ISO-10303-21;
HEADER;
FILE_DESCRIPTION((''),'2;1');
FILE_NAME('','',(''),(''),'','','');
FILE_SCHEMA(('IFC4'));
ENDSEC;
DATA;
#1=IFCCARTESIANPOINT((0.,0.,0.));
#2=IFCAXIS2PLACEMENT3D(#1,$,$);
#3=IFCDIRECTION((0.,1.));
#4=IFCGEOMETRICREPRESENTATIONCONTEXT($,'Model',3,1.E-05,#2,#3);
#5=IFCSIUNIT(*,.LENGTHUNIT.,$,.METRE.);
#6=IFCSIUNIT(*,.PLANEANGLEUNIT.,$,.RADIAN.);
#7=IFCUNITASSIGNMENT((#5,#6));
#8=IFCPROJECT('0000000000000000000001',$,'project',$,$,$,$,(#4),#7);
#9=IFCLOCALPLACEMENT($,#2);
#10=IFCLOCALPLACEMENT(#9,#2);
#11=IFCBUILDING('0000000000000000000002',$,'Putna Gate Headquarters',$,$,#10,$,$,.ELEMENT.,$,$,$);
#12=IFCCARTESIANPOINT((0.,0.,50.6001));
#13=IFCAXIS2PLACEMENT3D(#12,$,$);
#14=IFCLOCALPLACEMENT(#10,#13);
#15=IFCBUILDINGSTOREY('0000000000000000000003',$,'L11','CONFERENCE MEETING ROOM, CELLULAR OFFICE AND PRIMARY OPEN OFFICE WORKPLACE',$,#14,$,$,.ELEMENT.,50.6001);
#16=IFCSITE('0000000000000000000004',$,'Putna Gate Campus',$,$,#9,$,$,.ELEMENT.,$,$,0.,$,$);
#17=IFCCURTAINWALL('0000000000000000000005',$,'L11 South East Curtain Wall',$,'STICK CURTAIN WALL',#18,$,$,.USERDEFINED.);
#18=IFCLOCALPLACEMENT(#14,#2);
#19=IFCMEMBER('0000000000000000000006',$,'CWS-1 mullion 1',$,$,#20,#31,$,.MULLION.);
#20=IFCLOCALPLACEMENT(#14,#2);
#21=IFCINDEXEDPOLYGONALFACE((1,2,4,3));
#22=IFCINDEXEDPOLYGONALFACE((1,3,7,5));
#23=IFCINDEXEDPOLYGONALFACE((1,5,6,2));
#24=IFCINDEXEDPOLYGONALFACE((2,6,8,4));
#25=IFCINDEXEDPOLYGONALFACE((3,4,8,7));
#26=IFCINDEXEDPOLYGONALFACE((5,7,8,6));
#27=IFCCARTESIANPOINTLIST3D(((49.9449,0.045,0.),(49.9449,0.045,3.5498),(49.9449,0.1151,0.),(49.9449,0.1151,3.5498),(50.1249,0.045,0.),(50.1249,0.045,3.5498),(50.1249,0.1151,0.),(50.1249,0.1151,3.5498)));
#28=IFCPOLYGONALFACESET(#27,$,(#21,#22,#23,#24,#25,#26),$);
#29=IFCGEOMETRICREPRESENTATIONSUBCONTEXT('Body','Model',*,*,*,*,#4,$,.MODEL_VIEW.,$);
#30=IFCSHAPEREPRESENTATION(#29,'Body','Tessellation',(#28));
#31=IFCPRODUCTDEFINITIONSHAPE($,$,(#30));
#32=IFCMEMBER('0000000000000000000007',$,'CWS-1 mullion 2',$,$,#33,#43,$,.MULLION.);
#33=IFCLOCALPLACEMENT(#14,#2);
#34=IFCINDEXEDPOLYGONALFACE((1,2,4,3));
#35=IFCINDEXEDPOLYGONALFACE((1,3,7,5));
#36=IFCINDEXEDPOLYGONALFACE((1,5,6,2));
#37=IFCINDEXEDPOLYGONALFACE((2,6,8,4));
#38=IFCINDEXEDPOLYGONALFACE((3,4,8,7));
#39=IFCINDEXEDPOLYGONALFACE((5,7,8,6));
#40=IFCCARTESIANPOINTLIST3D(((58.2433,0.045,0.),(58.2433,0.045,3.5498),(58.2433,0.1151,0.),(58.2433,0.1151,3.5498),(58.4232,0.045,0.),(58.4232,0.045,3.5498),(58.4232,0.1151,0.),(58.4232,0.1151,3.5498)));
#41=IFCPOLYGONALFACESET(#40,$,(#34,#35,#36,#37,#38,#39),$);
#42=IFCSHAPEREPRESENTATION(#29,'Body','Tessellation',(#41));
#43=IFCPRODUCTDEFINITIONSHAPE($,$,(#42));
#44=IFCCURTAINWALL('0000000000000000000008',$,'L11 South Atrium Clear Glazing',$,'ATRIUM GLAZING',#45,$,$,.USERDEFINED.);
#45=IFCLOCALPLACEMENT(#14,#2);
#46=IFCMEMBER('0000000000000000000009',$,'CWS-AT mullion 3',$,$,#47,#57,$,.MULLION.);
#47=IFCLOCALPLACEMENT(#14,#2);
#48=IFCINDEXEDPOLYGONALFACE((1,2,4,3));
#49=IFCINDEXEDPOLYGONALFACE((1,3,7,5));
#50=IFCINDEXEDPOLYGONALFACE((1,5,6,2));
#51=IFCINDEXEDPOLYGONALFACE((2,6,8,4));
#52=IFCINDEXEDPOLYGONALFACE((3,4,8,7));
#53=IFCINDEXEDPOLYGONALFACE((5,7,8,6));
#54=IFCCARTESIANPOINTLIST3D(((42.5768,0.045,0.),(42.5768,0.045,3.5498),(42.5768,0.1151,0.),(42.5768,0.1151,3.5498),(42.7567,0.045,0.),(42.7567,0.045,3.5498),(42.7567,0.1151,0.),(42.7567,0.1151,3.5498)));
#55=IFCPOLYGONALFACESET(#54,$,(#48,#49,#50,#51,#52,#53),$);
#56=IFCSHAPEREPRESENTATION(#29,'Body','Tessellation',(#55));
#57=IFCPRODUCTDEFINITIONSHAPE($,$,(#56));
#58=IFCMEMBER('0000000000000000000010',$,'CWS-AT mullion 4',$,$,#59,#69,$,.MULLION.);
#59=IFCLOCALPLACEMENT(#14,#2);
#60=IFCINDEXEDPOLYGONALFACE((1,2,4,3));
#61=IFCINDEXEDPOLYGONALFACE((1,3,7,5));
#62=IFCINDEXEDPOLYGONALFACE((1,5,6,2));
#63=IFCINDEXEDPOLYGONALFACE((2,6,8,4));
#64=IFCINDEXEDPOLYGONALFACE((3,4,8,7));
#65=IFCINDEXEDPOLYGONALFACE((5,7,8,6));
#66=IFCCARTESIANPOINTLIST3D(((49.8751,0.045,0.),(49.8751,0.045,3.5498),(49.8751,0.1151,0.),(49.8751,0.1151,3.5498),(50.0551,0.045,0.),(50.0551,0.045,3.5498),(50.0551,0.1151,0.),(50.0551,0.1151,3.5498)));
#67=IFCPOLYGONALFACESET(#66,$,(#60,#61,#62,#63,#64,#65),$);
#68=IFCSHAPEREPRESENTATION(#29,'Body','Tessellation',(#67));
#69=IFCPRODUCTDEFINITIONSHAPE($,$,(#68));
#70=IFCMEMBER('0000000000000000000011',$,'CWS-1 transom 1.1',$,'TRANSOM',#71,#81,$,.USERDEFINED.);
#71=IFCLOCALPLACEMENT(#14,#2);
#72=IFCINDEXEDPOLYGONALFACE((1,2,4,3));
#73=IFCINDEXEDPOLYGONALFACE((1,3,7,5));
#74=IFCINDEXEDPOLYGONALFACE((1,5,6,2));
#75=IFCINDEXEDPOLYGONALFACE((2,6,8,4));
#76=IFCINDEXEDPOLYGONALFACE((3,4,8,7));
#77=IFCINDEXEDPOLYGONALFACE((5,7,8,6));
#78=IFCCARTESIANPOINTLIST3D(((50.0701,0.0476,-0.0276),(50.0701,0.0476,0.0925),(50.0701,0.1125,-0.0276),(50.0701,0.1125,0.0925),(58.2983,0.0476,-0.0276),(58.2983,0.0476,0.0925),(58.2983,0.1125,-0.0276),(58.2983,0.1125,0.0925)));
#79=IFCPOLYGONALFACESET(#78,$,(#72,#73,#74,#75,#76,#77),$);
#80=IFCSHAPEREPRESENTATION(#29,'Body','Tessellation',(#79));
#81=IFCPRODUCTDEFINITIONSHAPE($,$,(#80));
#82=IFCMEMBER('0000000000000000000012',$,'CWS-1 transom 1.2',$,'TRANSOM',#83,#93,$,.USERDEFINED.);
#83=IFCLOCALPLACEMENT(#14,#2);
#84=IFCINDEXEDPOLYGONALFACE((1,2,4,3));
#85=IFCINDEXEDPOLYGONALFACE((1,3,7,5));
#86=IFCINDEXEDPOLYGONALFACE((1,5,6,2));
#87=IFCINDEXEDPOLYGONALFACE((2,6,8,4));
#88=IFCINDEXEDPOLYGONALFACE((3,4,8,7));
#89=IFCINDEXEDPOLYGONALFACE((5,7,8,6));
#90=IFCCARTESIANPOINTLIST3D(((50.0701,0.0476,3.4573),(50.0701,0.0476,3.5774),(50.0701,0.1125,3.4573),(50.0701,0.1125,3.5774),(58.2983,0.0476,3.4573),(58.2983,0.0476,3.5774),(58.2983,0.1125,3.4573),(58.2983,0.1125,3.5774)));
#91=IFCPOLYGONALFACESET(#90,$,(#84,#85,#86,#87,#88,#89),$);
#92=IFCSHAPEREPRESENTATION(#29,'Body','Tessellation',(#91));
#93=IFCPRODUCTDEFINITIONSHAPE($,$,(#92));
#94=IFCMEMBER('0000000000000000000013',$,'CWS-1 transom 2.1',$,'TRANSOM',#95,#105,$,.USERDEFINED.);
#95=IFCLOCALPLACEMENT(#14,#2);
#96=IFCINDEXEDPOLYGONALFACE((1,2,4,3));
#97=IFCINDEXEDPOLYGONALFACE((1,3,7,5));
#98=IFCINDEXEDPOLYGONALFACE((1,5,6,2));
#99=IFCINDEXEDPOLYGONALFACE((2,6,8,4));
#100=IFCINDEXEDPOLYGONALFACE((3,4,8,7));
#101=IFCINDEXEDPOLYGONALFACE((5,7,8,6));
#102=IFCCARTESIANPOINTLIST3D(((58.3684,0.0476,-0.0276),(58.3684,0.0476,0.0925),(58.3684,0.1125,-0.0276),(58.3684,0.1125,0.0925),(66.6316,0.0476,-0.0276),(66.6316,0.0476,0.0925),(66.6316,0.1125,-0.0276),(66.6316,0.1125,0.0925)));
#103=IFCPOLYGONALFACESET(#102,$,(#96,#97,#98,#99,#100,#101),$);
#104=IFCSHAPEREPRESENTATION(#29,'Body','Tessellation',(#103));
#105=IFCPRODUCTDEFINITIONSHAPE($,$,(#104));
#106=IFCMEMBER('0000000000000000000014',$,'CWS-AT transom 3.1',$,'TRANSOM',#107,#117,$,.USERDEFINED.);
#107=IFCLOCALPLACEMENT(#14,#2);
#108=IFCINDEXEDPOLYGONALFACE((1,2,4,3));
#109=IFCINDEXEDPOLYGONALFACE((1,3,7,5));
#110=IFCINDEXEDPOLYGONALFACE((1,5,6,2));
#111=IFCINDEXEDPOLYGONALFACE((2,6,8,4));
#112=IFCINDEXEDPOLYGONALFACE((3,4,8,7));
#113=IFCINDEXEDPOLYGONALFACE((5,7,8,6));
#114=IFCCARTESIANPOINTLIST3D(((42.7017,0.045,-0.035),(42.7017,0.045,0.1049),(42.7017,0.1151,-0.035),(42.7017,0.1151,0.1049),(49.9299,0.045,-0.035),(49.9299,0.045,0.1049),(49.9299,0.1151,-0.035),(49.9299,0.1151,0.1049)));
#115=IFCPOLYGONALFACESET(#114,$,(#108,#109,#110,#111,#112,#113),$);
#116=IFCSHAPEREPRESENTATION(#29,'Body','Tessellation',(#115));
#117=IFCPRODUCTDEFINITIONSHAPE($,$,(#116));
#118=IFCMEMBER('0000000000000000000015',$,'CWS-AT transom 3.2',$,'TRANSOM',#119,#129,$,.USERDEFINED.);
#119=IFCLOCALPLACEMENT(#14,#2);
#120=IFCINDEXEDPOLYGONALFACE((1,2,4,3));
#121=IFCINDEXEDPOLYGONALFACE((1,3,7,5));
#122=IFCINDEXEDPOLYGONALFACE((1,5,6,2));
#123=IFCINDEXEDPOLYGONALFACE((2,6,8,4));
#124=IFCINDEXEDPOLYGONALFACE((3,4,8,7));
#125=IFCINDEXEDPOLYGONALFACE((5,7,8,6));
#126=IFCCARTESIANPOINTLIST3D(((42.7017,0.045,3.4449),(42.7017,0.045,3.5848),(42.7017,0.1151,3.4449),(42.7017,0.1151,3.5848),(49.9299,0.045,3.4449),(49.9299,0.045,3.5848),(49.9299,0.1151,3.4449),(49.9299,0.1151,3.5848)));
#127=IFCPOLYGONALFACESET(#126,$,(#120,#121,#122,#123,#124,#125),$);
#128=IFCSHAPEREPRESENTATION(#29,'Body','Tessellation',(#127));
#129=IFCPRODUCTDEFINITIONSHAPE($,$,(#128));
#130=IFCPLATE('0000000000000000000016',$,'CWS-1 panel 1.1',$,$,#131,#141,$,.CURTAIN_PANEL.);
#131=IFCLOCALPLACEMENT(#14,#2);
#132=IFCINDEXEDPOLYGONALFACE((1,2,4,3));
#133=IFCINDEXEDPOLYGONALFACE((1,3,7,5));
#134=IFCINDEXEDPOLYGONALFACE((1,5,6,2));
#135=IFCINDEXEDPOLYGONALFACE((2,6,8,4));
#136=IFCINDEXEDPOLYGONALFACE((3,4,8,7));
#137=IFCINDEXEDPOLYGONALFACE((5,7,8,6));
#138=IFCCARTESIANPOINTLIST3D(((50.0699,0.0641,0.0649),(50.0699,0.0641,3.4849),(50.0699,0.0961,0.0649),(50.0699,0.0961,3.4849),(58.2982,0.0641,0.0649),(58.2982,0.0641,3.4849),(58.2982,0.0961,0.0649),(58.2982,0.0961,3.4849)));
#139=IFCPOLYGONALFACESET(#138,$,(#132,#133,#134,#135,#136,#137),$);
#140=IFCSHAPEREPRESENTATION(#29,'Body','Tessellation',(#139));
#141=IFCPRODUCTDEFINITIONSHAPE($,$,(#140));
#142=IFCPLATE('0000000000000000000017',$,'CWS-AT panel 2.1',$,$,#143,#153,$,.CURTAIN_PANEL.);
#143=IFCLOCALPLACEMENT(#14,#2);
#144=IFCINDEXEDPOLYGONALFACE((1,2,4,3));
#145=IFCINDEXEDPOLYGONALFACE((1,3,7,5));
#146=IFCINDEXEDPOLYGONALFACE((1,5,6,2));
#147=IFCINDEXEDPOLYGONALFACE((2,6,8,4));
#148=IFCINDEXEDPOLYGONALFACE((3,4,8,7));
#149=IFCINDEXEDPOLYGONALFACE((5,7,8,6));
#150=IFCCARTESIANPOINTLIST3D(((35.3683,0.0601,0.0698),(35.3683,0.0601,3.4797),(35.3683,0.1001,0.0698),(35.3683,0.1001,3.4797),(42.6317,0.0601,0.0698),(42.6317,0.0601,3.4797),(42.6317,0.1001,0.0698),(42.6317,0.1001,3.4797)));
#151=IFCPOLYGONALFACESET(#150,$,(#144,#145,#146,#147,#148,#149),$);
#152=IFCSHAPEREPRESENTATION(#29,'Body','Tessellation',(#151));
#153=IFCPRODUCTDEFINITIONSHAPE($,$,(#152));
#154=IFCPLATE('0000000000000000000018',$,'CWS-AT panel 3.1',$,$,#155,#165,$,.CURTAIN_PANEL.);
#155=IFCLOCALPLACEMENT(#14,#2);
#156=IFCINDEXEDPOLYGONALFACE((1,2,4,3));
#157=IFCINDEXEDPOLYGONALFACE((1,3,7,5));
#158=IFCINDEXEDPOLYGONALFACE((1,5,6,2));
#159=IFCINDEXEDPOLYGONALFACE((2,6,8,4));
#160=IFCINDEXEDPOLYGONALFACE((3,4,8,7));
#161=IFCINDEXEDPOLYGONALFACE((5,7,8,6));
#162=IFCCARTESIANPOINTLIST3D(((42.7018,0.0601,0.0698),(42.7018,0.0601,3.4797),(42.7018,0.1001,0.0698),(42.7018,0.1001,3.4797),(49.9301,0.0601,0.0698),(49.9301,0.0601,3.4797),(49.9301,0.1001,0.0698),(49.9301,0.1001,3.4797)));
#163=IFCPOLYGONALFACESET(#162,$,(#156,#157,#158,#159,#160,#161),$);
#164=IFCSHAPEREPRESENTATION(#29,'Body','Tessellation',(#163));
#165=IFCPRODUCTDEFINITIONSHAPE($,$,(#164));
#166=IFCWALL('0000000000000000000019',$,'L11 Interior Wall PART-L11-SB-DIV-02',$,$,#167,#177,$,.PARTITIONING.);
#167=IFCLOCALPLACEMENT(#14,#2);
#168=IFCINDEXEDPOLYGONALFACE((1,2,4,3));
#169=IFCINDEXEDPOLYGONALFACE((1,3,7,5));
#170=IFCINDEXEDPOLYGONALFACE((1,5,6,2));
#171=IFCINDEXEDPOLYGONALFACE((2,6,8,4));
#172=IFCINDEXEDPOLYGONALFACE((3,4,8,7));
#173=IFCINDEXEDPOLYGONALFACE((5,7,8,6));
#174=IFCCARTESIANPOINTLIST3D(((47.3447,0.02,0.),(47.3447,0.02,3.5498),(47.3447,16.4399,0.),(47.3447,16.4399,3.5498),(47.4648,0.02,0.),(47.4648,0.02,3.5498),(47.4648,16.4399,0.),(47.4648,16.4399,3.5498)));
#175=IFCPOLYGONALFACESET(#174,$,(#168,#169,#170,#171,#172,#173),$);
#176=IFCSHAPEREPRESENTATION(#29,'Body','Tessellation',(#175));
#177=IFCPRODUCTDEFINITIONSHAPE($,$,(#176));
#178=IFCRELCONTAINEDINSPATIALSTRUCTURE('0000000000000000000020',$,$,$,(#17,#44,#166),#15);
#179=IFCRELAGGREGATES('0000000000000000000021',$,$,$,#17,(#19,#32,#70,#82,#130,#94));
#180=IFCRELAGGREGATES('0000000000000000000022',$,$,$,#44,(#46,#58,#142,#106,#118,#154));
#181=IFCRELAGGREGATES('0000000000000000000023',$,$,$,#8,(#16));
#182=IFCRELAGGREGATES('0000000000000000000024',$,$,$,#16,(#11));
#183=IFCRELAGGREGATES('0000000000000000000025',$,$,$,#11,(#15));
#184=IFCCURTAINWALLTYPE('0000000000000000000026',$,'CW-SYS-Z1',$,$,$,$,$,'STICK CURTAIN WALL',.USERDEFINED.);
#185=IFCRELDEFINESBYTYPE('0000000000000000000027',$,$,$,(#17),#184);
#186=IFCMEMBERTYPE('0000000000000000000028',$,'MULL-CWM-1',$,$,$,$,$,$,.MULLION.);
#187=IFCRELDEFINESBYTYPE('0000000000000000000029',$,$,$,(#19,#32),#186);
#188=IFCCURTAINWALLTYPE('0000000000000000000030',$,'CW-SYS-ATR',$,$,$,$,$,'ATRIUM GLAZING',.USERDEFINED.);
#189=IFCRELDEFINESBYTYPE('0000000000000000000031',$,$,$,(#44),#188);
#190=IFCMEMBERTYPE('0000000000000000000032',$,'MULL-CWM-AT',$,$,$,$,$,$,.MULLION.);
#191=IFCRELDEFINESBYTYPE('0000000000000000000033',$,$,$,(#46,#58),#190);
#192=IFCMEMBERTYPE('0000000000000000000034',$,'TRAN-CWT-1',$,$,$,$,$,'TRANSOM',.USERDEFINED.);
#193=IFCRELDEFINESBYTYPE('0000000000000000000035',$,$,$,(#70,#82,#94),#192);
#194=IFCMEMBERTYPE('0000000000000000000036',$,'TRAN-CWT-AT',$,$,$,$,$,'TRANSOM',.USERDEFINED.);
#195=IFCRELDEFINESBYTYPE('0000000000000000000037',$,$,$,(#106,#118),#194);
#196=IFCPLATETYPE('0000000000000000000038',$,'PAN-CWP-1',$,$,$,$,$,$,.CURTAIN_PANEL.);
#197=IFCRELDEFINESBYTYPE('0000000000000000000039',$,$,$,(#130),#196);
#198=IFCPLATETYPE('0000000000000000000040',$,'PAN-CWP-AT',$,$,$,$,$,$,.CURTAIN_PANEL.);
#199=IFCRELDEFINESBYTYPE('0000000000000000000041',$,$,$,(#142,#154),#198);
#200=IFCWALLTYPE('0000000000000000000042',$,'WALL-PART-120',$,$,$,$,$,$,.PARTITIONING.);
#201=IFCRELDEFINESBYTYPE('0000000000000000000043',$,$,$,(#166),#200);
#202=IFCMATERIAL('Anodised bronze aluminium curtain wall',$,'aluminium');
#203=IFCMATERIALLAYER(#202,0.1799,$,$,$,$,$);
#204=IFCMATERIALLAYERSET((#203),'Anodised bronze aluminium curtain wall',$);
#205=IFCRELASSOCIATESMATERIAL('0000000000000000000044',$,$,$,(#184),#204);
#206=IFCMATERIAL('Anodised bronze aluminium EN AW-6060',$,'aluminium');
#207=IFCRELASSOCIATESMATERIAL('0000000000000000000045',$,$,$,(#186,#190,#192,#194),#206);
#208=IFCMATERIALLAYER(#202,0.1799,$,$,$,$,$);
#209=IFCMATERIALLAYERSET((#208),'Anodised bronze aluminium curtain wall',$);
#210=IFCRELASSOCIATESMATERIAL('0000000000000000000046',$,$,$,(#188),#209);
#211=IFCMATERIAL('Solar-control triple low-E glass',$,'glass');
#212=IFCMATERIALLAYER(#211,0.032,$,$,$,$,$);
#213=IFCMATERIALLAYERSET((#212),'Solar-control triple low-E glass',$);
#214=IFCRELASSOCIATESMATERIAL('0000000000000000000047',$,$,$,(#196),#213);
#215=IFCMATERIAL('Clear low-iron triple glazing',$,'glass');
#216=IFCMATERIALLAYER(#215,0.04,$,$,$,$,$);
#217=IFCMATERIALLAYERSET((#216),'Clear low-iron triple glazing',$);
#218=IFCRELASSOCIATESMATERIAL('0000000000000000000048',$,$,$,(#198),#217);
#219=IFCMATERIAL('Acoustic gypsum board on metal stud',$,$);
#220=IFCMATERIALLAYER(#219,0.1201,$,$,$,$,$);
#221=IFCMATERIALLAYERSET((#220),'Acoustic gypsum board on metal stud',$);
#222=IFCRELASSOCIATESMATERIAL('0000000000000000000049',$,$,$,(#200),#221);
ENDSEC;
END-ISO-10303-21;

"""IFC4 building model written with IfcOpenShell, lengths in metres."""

from ifc_helpers import new_model, si_unit, direction, frame, frame_2d, origin, origin_2d, place, context, subcontext, project, spatial, rectangle, extrude, material, layer, layer_set, material_profile, profile_set, type_object, element, aggregate, save


model = new_model("IFC4")

# Units and contexts
model_context = context("Model", 3, precision=1e-05, world=origin(), true_north=direction((0.0, 1.0)))
body_context = subcontext(model_context, "Body", "Model", "MODEL_VIEW")
ifc_project = project(units=[si_unit("LENGTHUNIT", "METRE"), si_unit("PLANEANGLEUNIT", "RADIAN")], contexts=[model_context])

# Site, building, storey
site_placement = place(None, origin())
site = spatial("IfcSite", under=ifc_project, at=site_placement, Name="Putna Gate Campus", CompositionType="ELEMENT", RefElevation=0.0)
building_placement = place(site_placement, origin())
building = spatial("IfcBuilding", under=site, at=building_placement, Name="Putna Gate Headquarters", CompositionType="ELEMENT")
storey_placement = place(building_placement, frame((0.0, 0.0, 50.6001)))
storey = spatial("IfcBuildingStorey", under=building, at=storey_placement, Name="L11", Description="CONFERENCE MEETING ROOM, CELLULAR OFFICE AND PRIMARY OPEN OFFICE WORKPLACE", CompositionType="ELEMENT", Elevation=50.6001)

# Curtain walls, members
ifc_material_1 = material(Name="Anodised bronze aluminium curtain wall", Category="aluminium")
ifc_layer_1 = layer(ifc_material_1, 0.1799)
ifc_layer_set_1 = layer_set([ifc_layer_1], Name="Anodised bronze aluminium curtain wall")
curtain_wall_type_1 = type_object("IfcCurtainWallType", Name="CW-SYS-Z1", ElementType="STICK CURTAIN WALL", PredefinedType="USERDEFINED", material=ifc_layer_set_1)
curtain_wall_1_placement = place(storey_placement, origin())
curtain_wall_1 = element("IfcCurtainWall", 1, at=curtain_wall_1_placement, inside=storey, type_object=curtain_wall_type_1, Name="L11 South East Curtain Wall", ObjectType="STICK CURTAIN WALL", PredefinedType="USERDEFINED")
ifc_material_2 = material(Name="Anodised bronze aluminium EN AW-6060", Category="aluminium")
ifc_material_profile_1 = material_profile(ifc_material_2, rectangle(XDim=0.0701, YDim=0.1799, at=origin_2d()), Name="Anodised bronze aluminium EN AW-6060")
ifc_profile_set_1 = profile_set([ifc_material_profile_1], Name="Anodised bronze aluminium EN AW-6060")
member_type_1 = type_object("IfcMemberType", Name="MULL-CWM-1", PredefinedType="MULLION", material=ifc_profile_set_1)
member_1_placement = place(storey_placement, frame((50.0349, 0.0801, 0.0), z_axis=(0.0, 0.0, 1.0), x_axis=(0.0, 1.0, 0.0)))
member_1 = element("IfcMember", 2, at=member_1_placement, type_object=member_type_1, Name="CWS-1 mullion 1", PredefinedType="MULLION", context=body_context, shape_type="SweptSolid", body=[
    extrude(rectangle(XDim=0.0701, YDim=0.1799, at=origin_2d()), origin(), (0.0, 0.0, 1.0), 3.5498),
])
member_2_placement = place(storey_placement, frame((58.3333, 0.0801, 0.0), z_axis=(0.0, 0.0, 1.0), x_axis=(0.0, 1.0, 0.0)))
member_2 = element("IfcMember", 3, at=member_2_placement, type_object=member_type_1, Name="CWS-1 mullion 2", PredefinedType="MULLION", context=body_context, shape_type="SweptSolid", body=[
    extrude(rectangle(XDim=0.0701, YDim=0.1799, at=origin_2d()), origin(), (0.0, 0.0, 1.0), 3.5498),
])
ifc_layer_2 = layer(ifc_material_1, 0.1799)
ifc_layer_set_2 = layer_set([ifc_layer_2], Name="Anodised bronze aluminium curtain wall")
curtain_wall_type_2 = type_object("IfcCurtainWallType", Name="CW-SYS-ATR", ElementType="ATRIUM GLAZING", PredefinedType="USERDEFINED", material=ifc_layer_set_2)
curtain_wall_2_placement = place(storey_placement, origin())
curtain_wall_2 = element("IfcCurtainWall", 4, at=curtain_wall_2_placement, inside=storey, type_object=curtain_wall_type_2, Name="L11 South Atrium Clear Glazing", ObjectType="ATRIUM GLAZING", PredefinedType="USERDEFINED")
ifc_material_profile_2 = material_profile(ifc_material_2, rectangle(XDim=0.0701, YDim=0.1799, at=origin_2d()), Name="Anodised bronze aluminium EN AW-6060")
ifc_profile_set_2 = profile_set([ifc_material_profile_2], Name="Anodised bronze aluminium EN AW-6060")
member_type_2 = type_object("IfcMemberType", Name="MULL-CWM-AT", PredefinedType="MULLION", material=ifc_profile_set_2)
member_3_placement = place(storey_placement, frame((42.6667, 0.0801, 0.0), z_axis=(0.0, 0.0, 1.0), x_axis=(0.0, 1.0, 0.0)))
member_3 = element("IfcMember", 5, at=member_3_placement, type_object=member_type_2, Name="CWS-AT mullion 3", PredefinedType="MULLION", context=body_context, shape_type="SweptSolid", body=[
    extrude(rectangle(XDim=0.0701, YDim=0.1799, at=origin_2d()), origin(), (0.0, 0.0, 1.0), 3.5498),
])
member_4_placement = place(storey_placement, frame((49.9651, 0.0801, 0.0), z_axis=(0.0, 0.0, 1.0), x_axis=(0.0, 1.0, 0.0)))
member_4 = element("IfcMember", 6, at=member_4_placement, type_object=member_type_2, Name="CWS-AT mullion 4", PredefinedType="MULLION", context=body_context, shape_type="SweptSolid", body=[
    extrude(rectangle(XDim=0.0701, YDim=0.1799, at=origin_2d()), origin(), (0.0, 0.0, 1.0), 3.5498),
])

# Members
ifc_material_profile_3 = material_profile(ifc_material_2, rectangle(XDim=0.0649, YDim=0.1201, at=origin_2d()), Name="Anodised bronze aluminium EN AW-6060")
ifc_profile_set_3 = profile_set([ifc_material_profile_3], Name="Anodised bronze aluminium EN AW-6060")
member_type_3 = type_object("IfcMemberType", Name="TRAN-CWT-1", ElementType="TRANSOM", PredefinedType="USERDEFINED", material=ifc_profile_set_3)
member_5_placement = place(storey_placement, frame((50.0701, 0.0801, 0.0325), z_axis=(1.0, 0.0, 0.0), x_axis=(0.0, 1.0, 0.0)))
member_5 = element("IfcMember", 7, at=member_5_placement, type_object=member_type_3, Name="CWS-1 transom 1.1", ObjectType="TRANSOM", PredefinedType="USERDEFINED", context=body_context, shape_type="SweptSolid", body=[
    extrude(rectangle(XDim=0.0649, YDim=0.1201, at=origin_2d()), origin(), (0.0, 0.0, 1.0), 8.2283),
])
member_6_placement = place(storey_placement, frame((50.0701, 0.0801, 3.5173), z_axis=(1.0, 0.0, 0.0), x_axis=(0.0, 1.0, 0.0)))
member_6 = element("IfcMember", 8, at=member_6_placement, type_object=member_type_3, Name="CWS-1 transom 1.2", ObjectType="TRANSOM", PredefinedType="USERDEFINED", context=body_context, shape_type="SweptSolid", body=[
    extrude(rectangle(XDim=0.0649, YDim=0.1201, at=origin_2d()), origin(), (0.0, 0.0, 1.0), 8.2283),
])
member_7_placement = place(storey_placement, frame((58.3684, 0.0801, 0.0325), z_axis=(1.0, 0.0, 0.0), x_axis=(0.0, 1.0, 0.0)))
member_7 = element("IfcMember", 9, at=member_7_placement, type_object=member_type_3, Name="CWS-1 transom 2.1", ObjectType="TRANSOM", PredefinedType="USERDEFINED", context=body_context, shape_type="SweptSolid", body=[
    extrude(rectangle(XDim=0.0649, YDim=0.1201, at=origin_2d()), origin(), (0.0, 0.0, 1.0), 8.2632),
])
ifc_material_profile_4 = material_profile(ifc_material_2, rectangle(XDim=0.0701, YDim=0.1399, at=origin_2d()), Name="Anodised bronze aluminium EN AW-6060")
ifc_profile_set_4 = profile_set([ifc_material_profile_4], Name="Anodised bronze aluminium EN AW-6060")
member_type_4 = type_object("IfcMemberType", Name="TRAN-CWT-AT", ElementType="TRANSOM", PredefinedType="USERDEFINED", material=ifc_profile_set_4)
member_8_placement = place(storey_placement, frame((42.7017, 0.0801, 0.0349), z_axis=(1.0, 0.0, 0.0), x_axis=(0.0, 1.0, 0.0)))
member_8 = element("IfcMember", 10, at=member_8_placement, type_object=member_type_4, Name="CWS-AT transom 3.1", ObjectType="TRANSOM", PredefinedType="USERDEFINED", context=body_context, shape_type="SweptSolid", body=[
    extrude(rectangle(XDim=0.0701, YDim=0.1399, at=origin_2d()), origin(), (0.0, 0.0, 1.0), 7.2283),
])
member_9_placement = place(storey_placement, frame((42.7017, 0.0801, 3.5149), z_axis=(1.0, 0.0, 0.0), x_axis=(0.0, 1.0, 0.0)))
member_9 = element("IfcMember", 11, at=member_9_placement, type_object=member_type_4, Name="CWS-AT transom 3.2", ObjectType="TRANSOM", PredefinedType="USERDEFINED", context=body_context, shape_type="SweptSolid", body=[
    extrude(rectangle(XDim=0.0701, YDim=0.1399, at=origin_2d()), origin(), (0.0, 0.0, 1.0), 7.2283),
])

# Plates
ifc_material_3 = material(Name="Solar-control triple low-E glass", Category="glass")
ifc_layer_3 = layer(ifc_material_3, 0.032)
ifc_layer_set_3 = layer_set([ifc_layer_3], Name="Solar-control triple low-E glass")
plate_type_1 = type_object("IfcPlateType", Name="PAN-CWP-1", PredefinedType="CURTAIN_PANEL", material=ifc_layer_set_3)
plate_1_placement = place(storey_placement, frame((54.1841, 0.0801, 0.0649), z_axis=(0.0, 0.0, 1.0), x_axis=(1.0, 0.0, 0.0)))
plate_1 = element("IfcPlate", 12, at=plate_1_placement, type_object=plate_type_1, Name="CWS-1 panel 1.1", PredefinedType="CURTAIN_PANEL", context=body_context, shape_type="SweptSolid", body=[
    extrude(rectangle(XDim=8.2283, YDim=0.032, at=origin_2d()), origin(), (0.0, 0.0, 1.0), 3.4199),
])
aggregate(curtain_wall_1, [member_1, member_2, member_5, member_6, plate_1, member_7])
ifc_material_4 = material(Name="Clear low-iron triple glazing", Category="glass")
ifc_layer_4 = layer(ifc_material_4, 0.04)
ifc_layer_set_4 = layer_set([ifc_layer_4], Name="Clear low-iron triple glazing")
plate_type_2 = type_object("IfcPlateType", Name="PAN-CWP-AT", PredefinedType="CURTAIN_PANEL", material=ifc_layer_set_4)
plate_2_placement = place(storey_placement, frame((39.0, 0.0801, 0.0698), z_axis=(0.0, 0.0, 1.0), x_axis=(1.0, 0.0, 0.0)))
plate_2 = element("IfcPlate", 13, at=plate_2_placement, type_object=plate_type_2, Name="CWS-AT panel 2.1", PredefinedType="CURTAIN_PANEL", context=body_context, shape_type="SweptSolid", body=[
    extrude(rectangle(XDim=7.2634, YDim=0.04, at=origin_2d()), origin(), (0.0, 0.0, 1.0), 3.4099),
])
plate_3_placement = place(storey_placement, frame((46.3159, 0.0801, 0.0698), z_axis=(0.0, 0.0, 1.0), x_axis=(1.0, 0.0, 0.0)))
plate_3 = element("IfcPlate", 14, at=plate_3_placement, type_object=plate_type_2, Name="CWS-AT panel 3.1", PredefinedType="CURTAIN_PANEL", context=body_context, shape_type="SweptSolid", body=[
    extrude(rectangle(XDim=7.2283, YDim=0.04, at=origin_2d()), origin(), (0.0, 0.0, 1.0), 3.4099),
])
aggregate(curtain_wall_2, [member_3, member_4, plate_2, member_8, member_9, plate_3])

# Wall
ifc_material_5 = material(Name="Acoustic gypsum board on metal stud")
ifc_layer_5 = layer(ifc_material_5, 0.1201)
ifc_layer_set_5 = layer_set([ifc_layer_5], Name="Acoustic gypsum board on metal stud")
wall_type = type_object("IfcWallType", Name="WALL-PART-120", PredefinedType="PARTITIONING", material=ifc_layer_set_5)
wall_placement = place(storey_placement, frame((47.4048, 0.02, 0.0), z_axis=(0.0, 0.0, 1.0), x_axis=(0.0, 1.0, 0.0)))
element("IfcWall", 15, at=wall_placement, inside=storey, type_object=wall_type, Name="L11 Interior Wall PART-L11-SB-DIV-02", PredefinedType="PARTITIONING", context=body_context, shape_type="SweptSolid", body=[
    extrude(rectangle(XDim=16.4199, YDim=0.1201, at=frame_2d((8.21, 0.0))), origin(), (0.0, 0.0, 1.0), 3.5498),
])

save(model, "model.ifc")
